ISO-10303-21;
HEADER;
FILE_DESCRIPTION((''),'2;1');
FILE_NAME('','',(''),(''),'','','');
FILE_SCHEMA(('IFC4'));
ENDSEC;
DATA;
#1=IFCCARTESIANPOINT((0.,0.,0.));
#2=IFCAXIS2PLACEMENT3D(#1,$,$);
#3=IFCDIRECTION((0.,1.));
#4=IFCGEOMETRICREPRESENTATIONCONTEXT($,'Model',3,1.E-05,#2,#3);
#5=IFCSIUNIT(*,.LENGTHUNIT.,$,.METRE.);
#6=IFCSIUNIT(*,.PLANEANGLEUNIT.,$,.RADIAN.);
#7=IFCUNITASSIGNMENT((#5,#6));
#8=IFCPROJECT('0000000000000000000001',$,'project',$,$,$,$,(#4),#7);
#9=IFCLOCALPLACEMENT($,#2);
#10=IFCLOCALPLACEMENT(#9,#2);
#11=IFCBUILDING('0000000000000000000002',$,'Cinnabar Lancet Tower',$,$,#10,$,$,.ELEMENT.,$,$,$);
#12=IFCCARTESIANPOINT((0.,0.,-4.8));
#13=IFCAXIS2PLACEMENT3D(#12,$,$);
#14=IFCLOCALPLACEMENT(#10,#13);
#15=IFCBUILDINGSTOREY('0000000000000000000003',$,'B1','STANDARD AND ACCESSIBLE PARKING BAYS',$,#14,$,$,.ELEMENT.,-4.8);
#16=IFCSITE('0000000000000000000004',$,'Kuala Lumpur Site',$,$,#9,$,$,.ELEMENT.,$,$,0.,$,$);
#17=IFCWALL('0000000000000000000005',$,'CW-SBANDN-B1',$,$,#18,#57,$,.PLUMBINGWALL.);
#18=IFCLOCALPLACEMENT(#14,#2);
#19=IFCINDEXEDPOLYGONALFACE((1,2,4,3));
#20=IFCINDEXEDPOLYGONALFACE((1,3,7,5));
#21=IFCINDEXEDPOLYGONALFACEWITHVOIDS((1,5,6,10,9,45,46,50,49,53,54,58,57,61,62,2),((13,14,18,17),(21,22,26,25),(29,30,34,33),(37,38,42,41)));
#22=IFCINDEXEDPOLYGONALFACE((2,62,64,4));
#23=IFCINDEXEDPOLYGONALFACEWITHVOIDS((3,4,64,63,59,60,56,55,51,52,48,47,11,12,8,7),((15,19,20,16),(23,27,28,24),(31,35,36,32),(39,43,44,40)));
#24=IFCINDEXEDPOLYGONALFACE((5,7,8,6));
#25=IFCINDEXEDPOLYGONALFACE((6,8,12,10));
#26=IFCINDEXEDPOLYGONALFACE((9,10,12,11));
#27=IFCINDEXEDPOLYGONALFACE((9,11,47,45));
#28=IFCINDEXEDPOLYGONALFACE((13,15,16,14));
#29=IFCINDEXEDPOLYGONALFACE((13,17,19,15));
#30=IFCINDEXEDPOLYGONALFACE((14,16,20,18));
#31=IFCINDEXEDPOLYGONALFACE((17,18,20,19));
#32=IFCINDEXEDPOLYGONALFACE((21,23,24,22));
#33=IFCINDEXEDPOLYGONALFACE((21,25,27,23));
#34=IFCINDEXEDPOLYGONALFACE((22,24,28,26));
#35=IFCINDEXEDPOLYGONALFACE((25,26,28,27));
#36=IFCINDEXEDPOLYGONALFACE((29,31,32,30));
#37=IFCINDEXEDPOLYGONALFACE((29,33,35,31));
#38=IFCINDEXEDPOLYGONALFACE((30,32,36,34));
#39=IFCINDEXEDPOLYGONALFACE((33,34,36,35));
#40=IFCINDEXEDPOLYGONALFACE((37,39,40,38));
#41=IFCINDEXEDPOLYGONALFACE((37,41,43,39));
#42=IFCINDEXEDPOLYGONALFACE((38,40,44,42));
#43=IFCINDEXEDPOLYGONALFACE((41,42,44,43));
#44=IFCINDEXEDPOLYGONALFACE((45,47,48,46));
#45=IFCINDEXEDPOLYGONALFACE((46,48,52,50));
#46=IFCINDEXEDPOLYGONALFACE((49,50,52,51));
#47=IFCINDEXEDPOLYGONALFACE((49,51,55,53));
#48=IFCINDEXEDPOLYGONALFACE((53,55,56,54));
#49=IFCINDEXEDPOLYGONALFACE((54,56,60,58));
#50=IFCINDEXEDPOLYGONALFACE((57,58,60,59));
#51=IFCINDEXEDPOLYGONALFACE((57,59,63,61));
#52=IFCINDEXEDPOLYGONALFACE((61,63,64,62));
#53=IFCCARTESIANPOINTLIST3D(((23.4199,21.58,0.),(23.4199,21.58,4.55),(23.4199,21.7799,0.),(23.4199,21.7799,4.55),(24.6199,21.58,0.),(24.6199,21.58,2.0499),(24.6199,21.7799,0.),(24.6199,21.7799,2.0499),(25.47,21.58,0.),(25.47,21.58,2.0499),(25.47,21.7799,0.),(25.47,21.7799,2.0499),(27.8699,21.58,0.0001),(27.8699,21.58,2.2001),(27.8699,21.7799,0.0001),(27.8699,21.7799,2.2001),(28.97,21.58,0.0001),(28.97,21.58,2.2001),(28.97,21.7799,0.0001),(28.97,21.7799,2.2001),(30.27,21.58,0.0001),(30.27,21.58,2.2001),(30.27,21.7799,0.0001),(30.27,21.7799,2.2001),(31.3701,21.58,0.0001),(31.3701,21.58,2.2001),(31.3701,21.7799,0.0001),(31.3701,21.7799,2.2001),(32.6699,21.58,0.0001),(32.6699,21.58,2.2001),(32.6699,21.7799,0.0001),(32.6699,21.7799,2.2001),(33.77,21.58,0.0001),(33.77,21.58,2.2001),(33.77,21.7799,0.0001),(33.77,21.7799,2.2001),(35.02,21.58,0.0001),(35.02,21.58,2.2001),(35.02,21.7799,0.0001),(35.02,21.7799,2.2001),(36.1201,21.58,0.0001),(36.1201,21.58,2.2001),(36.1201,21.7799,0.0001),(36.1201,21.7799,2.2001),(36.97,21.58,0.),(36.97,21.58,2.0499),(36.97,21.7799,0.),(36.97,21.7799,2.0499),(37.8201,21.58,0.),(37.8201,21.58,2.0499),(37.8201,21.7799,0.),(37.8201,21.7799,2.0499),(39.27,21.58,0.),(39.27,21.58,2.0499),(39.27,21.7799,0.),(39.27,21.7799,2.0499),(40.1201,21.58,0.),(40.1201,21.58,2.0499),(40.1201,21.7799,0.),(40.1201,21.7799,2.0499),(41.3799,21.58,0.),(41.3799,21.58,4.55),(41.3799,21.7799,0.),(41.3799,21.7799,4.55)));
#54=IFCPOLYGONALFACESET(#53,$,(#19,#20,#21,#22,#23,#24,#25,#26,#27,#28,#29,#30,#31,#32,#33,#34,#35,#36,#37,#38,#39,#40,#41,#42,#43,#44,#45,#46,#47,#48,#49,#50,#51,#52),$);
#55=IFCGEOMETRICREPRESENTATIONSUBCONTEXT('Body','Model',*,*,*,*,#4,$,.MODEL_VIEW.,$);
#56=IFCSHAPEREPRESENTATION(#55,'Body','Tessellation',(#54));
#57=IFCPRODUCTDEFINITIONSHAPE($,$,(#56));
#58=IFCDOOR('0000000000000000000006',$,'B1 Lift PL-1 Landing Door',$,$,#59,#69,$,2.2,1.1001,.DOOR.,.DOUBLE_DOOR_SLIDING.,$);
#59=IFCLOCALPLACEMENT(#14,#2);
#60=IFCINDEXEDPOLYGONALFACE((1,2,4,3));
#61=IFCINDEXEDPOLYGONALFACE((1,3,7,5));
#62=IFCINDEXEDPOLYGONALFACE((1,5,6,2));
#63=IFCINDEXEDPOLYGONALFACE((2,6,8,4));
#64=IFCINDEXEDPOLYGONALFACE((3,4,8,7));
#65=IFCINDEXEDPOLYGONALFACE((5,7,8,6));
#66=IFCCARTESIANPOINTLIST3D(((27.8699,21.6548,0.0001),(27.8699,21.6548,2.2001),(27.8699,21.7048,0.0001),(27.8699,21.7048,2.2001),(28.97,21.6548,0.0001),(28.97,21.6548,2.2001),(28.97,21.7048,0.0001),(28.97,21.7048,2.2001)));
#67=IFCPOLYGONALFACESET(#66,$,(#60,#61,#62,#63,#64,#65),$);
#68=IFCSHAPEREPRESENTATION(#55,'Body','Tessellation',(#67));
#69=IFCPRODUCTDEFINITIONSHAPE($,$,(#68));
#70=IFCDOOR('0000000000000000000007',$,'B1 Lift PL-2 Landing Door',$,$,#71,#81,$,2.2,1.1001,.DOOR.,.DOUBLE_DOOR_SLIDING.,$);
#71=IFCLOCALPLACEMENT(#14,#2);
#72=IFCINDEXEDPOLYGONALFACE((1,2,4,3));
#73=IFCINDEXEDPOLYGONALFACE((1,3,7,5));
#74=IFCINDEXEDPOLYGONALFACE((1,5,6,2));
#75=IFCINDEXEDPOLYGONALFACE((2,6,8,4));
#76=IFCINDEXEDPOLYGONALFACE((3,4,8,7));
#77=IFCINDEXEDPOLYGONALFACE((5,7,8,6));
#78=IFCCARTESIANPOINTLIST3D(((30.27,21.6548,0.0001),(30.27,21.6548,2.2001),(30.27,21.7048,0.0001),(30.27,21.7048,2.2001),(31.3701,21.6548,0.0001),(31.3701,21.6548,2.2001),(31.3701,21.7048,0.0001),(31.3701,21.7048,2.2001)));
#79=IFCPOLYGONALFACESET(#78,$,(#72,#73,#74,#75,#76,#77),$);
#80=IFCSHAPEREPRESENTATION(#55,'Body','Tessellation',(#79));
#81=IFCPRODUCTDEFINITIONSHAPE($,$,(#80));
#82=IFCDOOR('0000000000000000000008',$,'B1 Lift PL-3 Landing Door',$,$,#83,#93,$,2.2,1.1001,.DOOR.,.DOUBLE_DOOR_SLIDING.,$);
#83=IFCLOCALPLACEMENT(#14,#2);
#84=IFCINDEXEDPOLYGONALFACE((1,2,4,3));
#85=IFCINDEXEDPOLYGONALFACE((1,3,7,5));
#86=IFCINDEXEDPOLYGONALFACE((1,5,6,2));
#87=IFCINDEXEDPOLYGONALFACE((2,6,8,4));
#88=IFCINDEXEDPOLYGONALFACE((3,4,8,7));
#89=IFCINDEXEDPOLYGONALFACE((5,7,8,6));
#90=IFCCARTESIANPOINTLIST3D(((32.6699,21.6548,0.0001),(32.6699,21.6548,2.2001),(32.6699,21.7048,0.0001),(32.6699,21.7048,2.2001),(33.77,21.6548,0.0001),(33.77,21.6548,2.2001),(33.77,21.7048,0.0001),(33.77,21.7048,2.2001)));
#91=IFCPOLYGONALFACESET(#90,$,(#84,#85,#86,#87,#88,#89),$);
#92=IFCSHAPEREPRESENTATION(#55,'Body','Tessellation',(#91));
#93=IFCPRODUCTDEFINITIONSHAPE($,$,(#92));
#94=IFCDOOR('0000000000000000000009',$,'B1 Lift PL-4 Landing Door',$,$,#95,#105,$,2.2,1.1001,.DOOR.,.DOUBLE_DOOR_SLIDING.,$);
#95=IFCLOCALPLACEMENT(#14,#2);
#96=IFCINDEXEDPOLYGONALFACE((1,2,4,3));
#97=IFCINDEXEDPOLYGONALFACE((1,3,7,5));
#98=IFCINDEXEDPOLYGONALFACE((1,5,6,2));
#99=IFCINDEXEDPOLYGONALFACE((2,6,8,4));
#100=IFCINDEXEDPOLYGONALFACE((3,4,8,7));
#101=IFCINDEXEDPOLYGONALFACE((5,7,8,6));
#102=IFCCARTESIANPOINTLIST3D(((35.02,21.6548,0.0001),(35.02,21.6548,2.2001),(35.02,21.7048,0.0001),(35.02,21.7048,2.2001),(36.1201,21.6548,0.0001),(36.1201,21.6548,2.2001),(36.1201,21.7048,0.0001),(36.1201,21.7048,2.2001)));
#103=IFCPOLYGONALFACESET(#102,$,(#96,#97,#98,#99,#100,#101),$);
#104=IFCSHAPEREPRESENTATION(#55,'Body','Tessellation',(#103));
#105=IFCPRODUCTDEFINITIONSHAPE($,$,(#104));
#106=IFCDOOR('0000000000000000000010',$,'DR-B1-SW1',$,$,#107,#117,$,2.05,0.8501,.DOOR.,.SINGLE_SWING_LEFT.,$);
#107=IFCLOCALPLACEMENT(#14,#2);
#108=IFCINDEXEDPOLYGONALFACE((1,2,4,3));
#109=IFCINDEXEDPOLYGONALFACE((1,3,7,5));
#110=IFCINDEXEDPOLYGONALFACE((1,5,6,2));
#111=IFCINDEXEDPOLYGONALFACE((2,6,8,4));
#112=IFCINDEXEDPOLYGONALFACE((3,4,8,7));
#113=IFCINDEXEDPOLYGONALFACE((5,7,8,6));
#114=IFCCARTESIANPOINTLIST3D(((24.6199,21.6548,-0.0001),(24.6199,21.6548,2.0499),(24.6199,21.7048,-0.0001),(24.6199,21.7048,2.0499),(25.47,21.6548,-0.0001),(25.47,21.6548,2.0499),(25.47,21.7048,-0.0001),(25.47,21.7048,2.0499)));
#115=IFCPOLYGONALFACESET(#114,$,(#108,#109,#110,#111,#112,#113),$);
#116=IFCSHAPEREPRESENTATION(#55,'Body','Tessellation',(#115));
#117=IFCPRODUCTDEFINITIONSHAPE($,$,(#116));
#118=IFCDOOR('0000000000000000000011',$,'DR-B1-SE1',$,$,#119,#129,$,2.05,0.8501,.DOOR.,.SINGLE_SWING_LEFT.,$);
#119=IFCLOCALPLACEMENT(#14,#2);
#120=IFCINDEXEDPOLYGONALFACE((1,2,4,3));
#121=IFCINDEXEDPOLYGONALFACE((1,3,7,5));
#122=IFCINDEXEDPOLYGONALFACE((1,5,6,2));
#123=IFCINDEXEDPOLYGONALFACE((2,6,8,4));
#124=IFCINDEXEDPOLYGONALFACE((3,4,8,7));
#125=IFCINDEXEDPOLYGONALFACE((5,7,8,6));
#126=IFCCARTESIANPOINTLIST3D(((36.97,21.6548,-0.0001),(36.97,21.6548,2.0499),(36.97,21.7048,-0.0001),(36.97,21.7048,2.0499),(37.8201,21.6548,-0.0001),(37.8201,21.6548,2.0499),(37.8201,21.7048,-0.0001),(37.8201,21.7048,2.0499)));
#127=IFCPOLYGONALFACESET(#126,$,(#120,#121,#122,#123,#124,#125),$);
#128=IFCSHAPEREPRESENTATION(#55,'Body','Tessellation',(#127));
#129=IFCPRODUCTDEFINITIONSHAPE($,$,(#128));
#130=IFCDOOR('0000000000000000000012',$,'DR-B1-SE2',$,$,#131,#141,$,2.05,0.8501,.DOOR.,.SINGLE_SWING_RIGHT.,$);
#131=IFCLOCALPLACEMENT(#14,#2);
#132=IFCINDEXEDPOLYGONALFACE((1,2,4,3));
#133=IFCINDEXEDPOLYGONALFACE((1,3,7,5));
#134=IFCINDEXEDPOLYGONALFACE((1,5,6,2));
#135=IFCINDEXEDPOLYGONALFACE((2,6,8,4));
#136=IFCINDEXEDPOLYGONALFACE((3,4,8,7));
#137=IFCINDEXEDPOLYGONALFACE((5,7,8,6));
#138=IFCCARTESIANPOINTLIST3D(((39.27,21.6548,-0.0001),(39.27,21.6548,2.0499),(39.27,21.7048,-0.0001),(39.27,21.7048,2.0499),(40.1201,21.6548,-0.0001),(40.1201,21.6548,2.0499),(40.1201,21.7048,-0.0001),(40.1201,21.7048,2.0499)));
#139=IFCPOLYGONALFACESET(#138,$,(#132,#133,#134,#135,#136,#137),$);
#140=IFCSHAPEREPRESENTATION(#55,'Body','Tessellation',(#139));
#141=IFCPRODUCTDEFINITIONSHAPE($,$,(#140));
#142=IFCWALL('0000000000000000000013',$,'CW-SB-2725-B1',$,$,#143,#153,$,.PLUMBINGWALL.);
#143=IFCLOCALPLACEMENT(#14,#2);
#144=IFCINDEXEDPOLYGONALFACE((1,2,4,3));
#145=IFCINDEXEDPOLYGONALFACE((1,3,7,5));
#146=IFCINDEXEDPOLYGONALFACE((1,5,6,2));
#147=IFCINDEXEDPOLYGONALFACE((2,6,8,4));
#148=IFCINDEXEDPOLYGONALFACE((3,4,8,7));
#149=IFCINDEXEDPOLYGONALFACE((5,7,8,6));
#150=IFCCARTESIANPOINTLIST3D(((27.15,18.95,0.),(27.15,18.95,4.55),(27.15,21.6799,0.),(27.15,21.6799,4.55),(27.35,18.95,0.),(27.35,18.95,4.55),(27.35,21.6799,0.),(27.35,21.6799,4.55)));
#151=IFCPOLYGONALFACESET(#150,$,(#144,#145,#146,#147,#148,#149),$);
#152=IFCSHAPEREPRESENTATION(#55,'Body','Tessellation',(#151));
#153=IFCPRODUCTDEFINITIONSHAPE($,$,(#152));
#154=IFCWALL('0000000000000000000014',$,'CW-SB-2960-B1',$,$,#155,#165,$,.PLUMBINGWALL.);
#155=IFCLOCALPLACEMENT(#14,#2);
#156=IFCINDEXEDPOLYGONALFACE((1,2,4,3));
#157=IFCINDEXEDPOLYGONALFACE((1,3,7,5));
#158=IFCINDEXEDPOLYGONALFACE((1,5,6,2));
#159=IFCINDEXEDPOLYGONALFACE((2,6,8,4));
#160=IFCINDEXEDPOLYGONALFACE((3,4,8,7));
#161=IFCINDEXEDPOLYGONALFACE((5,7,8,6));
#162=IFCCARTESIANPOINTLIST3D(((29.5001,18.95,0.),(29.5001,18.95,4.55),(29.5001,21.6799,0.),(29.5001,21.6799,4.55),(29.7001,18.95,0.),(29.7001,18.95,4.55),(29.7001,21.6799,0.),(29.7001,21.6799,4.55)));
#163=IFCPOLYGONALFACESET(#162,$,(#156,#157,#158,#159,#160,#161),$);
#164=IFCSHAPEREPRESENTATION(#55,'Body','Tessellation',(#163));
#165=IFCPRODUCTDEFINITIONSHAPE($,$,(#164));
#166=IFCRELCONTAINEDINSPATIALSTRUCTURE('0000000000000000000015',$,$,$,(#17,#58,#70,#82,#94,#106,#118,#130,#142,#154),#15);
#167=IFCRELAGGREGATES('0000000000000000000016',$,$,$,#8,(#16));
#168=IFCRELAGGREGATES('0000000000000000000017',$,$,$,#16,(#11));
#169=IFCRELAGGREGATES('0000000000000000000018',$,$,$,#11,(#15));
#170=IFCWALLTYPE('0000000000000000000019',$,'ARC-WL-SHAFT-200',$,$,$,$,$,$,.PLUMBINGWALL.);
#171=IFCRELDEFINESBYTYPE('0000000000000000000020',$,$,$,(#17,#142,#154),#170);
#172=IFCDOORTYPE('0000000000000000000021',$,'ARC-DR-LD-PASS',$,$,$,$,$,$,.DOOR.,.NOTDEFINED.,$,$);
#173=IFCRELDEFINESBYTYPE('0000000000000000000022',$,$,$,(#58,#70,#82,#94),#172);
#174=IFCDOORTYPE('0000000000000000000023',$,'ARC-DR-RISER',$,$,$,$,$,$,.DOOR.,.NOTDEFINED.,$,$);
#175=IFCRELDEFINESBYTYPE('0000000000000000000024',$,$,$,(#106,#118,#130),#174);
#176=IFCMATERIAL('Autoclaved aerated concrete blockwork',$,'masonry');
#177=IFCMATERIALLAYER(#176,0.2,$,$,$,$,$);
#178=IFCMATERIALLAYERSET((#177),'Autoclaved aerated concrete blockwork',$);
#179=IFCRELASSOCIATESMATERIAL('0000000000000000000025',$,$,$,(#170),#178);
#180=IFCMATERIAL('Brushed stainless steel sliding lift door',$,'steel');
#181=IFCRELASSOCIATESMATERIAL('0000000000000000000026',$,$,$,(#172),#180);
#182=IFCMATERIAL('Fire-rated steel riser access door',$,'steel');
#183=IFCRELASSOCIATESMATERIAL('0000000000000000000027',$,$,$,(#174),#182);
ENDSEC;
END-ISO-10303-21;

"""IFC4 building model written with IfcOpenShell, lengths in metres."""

from ifc_helpers import new_model, si_unit, direction, frame, frame_2d, origin, place, context, subcontext, project, spatial, rectangle, extrude, material, layer, layer_set, type_object, element, fill, save


model = new_model("IFC4")

# Units and contexts
model_context = context("Model", 3, precision=1e-05, world=origin(), true_north=direction((0.0, 1.0)))
body_context = subcontext(model_context, "Body", "Model", "MODEL_VIEW")
ifc_project = project(units=[si_unit("LENGTHUNIT", "METRE"), si_unit("PLANEANGLEUNIT", "RADIAN")], contexts=[model_context])

# Site, building, storey
site_placement = place(None, origin())
site = spatial("IfcSite", under=ifc_project, at=site_placement, Name="Kuala Lumpur Site", CompositionType="ELEMENT", RefElevation=0.0)
building_placement = place(site_placement, origin())
building = spatial("IfcBuilding", under=site, at=building_placement, Name="Cinnabar Lancet Tower", CompositionType="ELEMENT")
storey_placement = place(building_placement, frame((0.0, 0.0, -4.8)))
storey = spatial("IfcBuildingStorey", under=building, at=storey_placement, Name="B1", Description="STANDARD AND ACCESSIBLE PARKING BAYS", CompositionType="ELEMENT", Elevation=-4.8)

# Shared definitions
ifc_material_1 = material(Name="Autoclaved aerated concrete blockwork", Category="masonry")
ifc_layer_1 = layer(ifc_material_1, 0.2)
ifc_layer_set_1 = layer_set([ifc_layer_1], Name="Autoclaved aerated concrete blockwork")
wall_type_1 = type_object("IfcWallType", Name="ARC-WL-SHAFT-200", PredefinedType="PLUMBINGWALL", material=ifc_layer_set_1)

# Wall, openings, doors
wall_1_placement = place(storey_placement, frame((23.4199, 21.6799, 0.0), z_axis=(0.0, 0.0, 1.0), x_axis=(1.0, 0.0, 0.0)))
wall_1 = element("IfcWall", 1, at=wall_1_placement, inside=storey, type_object=wall_type_1, Name="CW-SBANDN-B1", PredefinedType="PLUMBINGWALL", context=body_context, shape_type="SweptSolid", body=[
    extrude(rectangle(XDim=17.96, YDim=0.2, at=frame_2d((8.98, 0.0))), origin(), (0.0, 0.0, 1.0), 4.55),
])
opening_1_placement = place(wall_1_placement, frame((4.45, 0.0, 0.0)))
opening_1 = element("IfcOpeningElement", 2, at=opening_1_placement, cuts=wall_1, PredefinedType="OPENING", context=body_context, shape_type="SweptSolid", body=[
    extrude(rectangle(XDim=1.1001, YDim=2.2, at=frame_2d((0.55, 1.1001))), frame((0.0, 0.1099, 0.0), z_axis=(0.0, -1.0, 0.0), x_axis=(1.0, 0.0, 0.0)), (0.0, 0.0, 1.0), 0.22),
])
opening_2_placement = place(wall_1_placement, frame((6.8501, 0.0, 0.0)))
opening_2 = element("IfcOpeningElement", 3, at=opening_2_placement, cuts=wall_1, PredefinedType="OPENING", context=body_context, shape_type="SweptSolid", body=[
    extrude(rectangle(XDim=1.1001, YDim=2.2, at=frame_2d((0.55, 1.1001))), frame((0.0, 0.1099, 0.0), z_axis=(0.0, -1.0, 0.0), x_axis=(1.0, 0.0, 0.0)), (0.0, 0.0, 1.0), 0.22),
])
opening_3_placement = place(wall_1_placement, frame((9.25, 0.0, 0.0)))
opening_3 = element("IfcOpeningElement", 4, at=opening_3_placement, cuts=wall_1, PredefinedType="OPENING", context=body_context, shape_type="SweptSolid", body=[
    extrude(rectangle(XDim=1.1001, YDim=2.2, at=frame_2d((0.55, 1.1001))), frame((0.0, 0.1099, 0.0), z_axis=(0.0, -1.0, 0.0), x_axis=(1.0, 0.0, 0.0)), (0.0, 0.0, 1.0), 0.22),
])
opening_4_placement = place(wall_1_placement, frame((11.6001, 0.0, 0.0)))
opening_4 = element("IfcOpeningElement", 5, at=opening_4_placement, cuts=wall_1, PredefinedType="OPENING", context=body_context, shape_type="SweptSolid", body=[
    extrude(rectangle(XDim=1.1001, YDim=2.2, at=frame_2d((0.55, 1.1001))), frame((0.0, 0.1099, 0.0), z_axis=(0.0, -1.0, 0.0), x_axis=(1.0, 0.0, 0.0)), (0.0, 0.0, 1.0), 0.22),
])
opening_5_placement = place(wall_1_placement, frame((1.2, 0.0, 0.0)))
opening_5 = element("IfcOpeningElement", 6, at=opening_5_placement, cuts=wall_1, PredefinedType="OPENING", context=body_context, shape_type="SweptSolid", body=[
    extrude(rectangle(XDim=0.8501, YDim=2.05, at=frame_2d((0.425, 1.0249))), frame((0.0, 0.1099, 0.0), z_axis=(0.0, -1.0, 0.0), x_axis=(1.0, 0.0, 0.0)), (0.0, 0.0, 1.0), 0.22),
])
opening_6_placement = place(wall_1_placement, frame((13.55, 0.0, 0.0)))
opening_6 = element("IfcOpeningElement", 7, at=opening_6_placement, cuts=wall_1, PredefinedType="OPENING", context=body_context, shape_type="SweptSolid", body=[
    extrude(rectangle(XDim=0.8501, YDim=2.05, at=frame_2d((0.425, 1.0249))), frame((0.0, 0.1099, 0.0), z_axis=(0.0, -1.0, 0.0), x_axis=(1.0, 0.0, 0.0)), (0.0, 0.0, 1.0), 0.22),
])
opening_7_placement = place(wall_1_placement, frame((15.8501, 0.0, 0.0)))
opening_7 = element("IfcOpeningElement", 8, at=opening_7_placement, cuts=wall_1, PredefinedType="OPENING", context=body_context, shape_type="SweptSolid", body=[
    extrude(rectangle(XDim=0.8501, YDim=2.05, at=frame_2d((0.425, 1.0249))), frame((0.0, 0.1099, 0.0), z_axis=(0.0, -1.0, 0.0), x_axis=(1.0, 0.0, 0.0)), (0.0, 0.0, 1.0), 0.22),
])
ifc_material_2 = material(Name="Brushed stainless steel sliding lift door", Category="steel")
door_type_1 = type_object("IfcDoorType", Name="ARC-DR-LD-PASS", OperationType="NOTDEFINED", PredefinedType="DOOR", material=ifc_material_2)
door_1_placement = place(opening_1_placement, origin())
door_1 = element("IfcDoor", 9, at=door_1_placement, inside=storey, type_object=door_type_1, Name="B1 Lift PL-1 Landing Door", OperationType="DOUBLE_DOOR_SLIDING", OverallHeight=2.2, OverallWidth=1.1001, PredefinedType="DOOR", context=body_context, shape_type="SweptSolid", body=[
    extrude(rectangle(XDim=1.1001, YDim=2.2, at=frame_2d((0.55, 1.1001))), frame((0.0, 0.0249, 0.0), z_axis=(0.0, -1.0, 0.0), x_axis=(1.0, 0.0, 0.0)), (0.0, 0.0, 1.0), 0.05),
])
fill(opening_1, door_1)
door_2_placement = place(opening_2_placement, origin())
door_2 = element("IfcDoor", 10, at=door_2_placement, inside=storey, type_object=door_type_1, Name="B1 Lift PL-2 Landing Door", OperationType="DOUBLE_DOOR_SLIDING", OverallHeight=2.2, OverallWidth=1.1001, PredefinedType="DOOR", context=body_context, shape_type="SweptSolid", body=[
    extrude(rectangle(XDim=1.1001, YDim=2.2, at=frame_2d((0.55, 1.1001))), frame((0.0, 0.0249, 0.0), z_axis=(0.0, -1.0, 0.0), x_axis=(1.0, 0.0, 0.0)), (0.0, 0.0, 1.0), 0.05),
])
fill(opening_2, door_2)
door_3_placement = place(opening_3_placement, origin())
door_3 = element("IfcDoor", 11, at=door_3_placement, inside=storey, type_object=door_type_1, Name="B1 Lift PL-3 Landing Door", OperationType="DOUBLE_DOOR_SLIDING", OverallHeight=2.2, OverallWidth=1.1001, PredefinedType="DOOR", context=body_context, shape_type="SweptSolid", body=[
    extrude(rectangle(XDim=1.1001, YDim=2.2, at=frame_2d((0.55, 1.1001))), frame((0.0, 0.0249, 0.0), z_axis=(0.0, -1.0, 0.0), x_axis=(1.0, 0.0, 0.0)), (0.0, 0.0, 1.0), 0.05),
])
fill(opening_3, door_3)
door_4_placement = place(opening_4_placement, origin())
door_4 = element("IfcDoor", 12, at=door_4_placement, inside=storey, type_object=door_type_1, Name="B1 Lift PL-4 Landing Door", OperationType="DOUBLE_DOOR_SLIDING", OverallHeight=2.2, OverallWidth=1.1001, PredefinedType="DOOR", context=body_context, shape_type="SweptSolid", body=[
    extrude(rectangle(XDim=1.1001, YDim=2.2, at=frame_2d((0.55, 1.1001))), frame((0.0, 0.0249, 0.0), z_axis=(0.0, -1.0, 0.0), x_axis=(1.0, 0.0, 0.0)), (0.0, 0.0, 1.0), 0.05),
])
fill(opening_4, door_4)
ifc_material_3 = material(Name="Fire-rated steel riser access door", Category="steel")
door_type_2 = type_object("IfcDoorType", Name="ARC-DR-RISER", OperationType="NOTDEFINED", PredefinedType="DOOR", material=ifc_material_3)
door_5_placement = place(opening_5_placement, origin())
door_5 = element("IfcDoor", 13, at=door_5_placement, inside=storey, type_object=door_type_2, Name="DR-B1-SW1", OperationType="SINGLE_SWING_LEFT", OverallHeight=2.05, OverallWidth=0.8501, PredefinedType="DOOR", context=body_context, shape_type="SweptSolid", body=[
    extrude(rectangle(XDim=0.8501, YDim=2.05, at=frame_2d((0.425, 1.0249))), frame((0.0, 0.0249, 0.0), z_axis=(0.0, -1.0, 0.0), x_axis=(1.0, 0.0, 0.0)), (0.0, 0.0, 1.0), 0.05),
])
fill(opening_5, door_5)
door_6_placement = place(opening_6_placement, origin())
door_6 = element("IfcDoor", 14, at=door_6_placement, inside=storey, type_object=door_type_2, Name="DR-B1-SE1", OperationType="SINGLE_SWING_LEFT", OverallHeight=2.05, OverallWidth=0.8501, PredefinedType="DOOR", context=body_context, shape_type="SweptSolid", body=[
    extrude(rectangle(XDim=0.8501, YDim=2.05, at=frame_2d((0.425, 1.0249))), frame((0.0, 0.0249, 0.0), z_axis=(0.0, -1.0, 0.0), x_axis=(1.0, 0.0, 0.0)), (0.0, 0.0, 1.0), 0.05),
])
fill(opening_6, door_6)
door_7_placement = place(opening_7_placement, origin())
door_7 = element("IfcDoor", 15, at=door_7_placement, inside=storey, type_object=door_type_2, Name="DR-B1-SE2", OperationType="SINGLE_SWING_RIGHT", OverallHeight=2.05, OverallWidth=0.8501, PredefinedType="DOOR", context=body_context, shape_type="SweptSolid", body=[
    extrude(rectangle(XDim=0.8501, YDim=2.05, at=frame_2d((0.425, 1.0249))), frame((0.0, 0.0249, 0.0), z_axis=(0.0, -1.0, 0.0), x_axis=(1.0, 0.0, 0.0)), (0.0, 0.0, 1.0), 0.05),
])
fill(opening_7, door_7)

# Walls
for number, where, z_axis, x_axis, name in (
    (16, (27.25, 18.95, 0.0), (0.0, 0.0, 1.0), (0.0, 1.0, 0.0), "CW-SB-2725-B1"),
    (17, (29.6001, 18.95, 0.0), (0.0, 0.0, 1.0), (0.0, 1.0, 0.0), "CW-SB-2960-B1"),
):
    element("IfcWall", number, at=place(storey_placement, frame(where, z_axis=z_axis, x_axis=x_axis)), inside=storey, type_object=wall_type_1, Name=name, PredefinedType="PLUMBINGWALL", context=body_context, shape_type="SweptSolid", body=[
        extrude(rectangle(XDim=2.73, YDim=0.2, at=frame_2d((1.365, 0.0))), origin(), (0.0, 0.0, 1.0), 4.55),
    ])

save(model, "model.ifc")
